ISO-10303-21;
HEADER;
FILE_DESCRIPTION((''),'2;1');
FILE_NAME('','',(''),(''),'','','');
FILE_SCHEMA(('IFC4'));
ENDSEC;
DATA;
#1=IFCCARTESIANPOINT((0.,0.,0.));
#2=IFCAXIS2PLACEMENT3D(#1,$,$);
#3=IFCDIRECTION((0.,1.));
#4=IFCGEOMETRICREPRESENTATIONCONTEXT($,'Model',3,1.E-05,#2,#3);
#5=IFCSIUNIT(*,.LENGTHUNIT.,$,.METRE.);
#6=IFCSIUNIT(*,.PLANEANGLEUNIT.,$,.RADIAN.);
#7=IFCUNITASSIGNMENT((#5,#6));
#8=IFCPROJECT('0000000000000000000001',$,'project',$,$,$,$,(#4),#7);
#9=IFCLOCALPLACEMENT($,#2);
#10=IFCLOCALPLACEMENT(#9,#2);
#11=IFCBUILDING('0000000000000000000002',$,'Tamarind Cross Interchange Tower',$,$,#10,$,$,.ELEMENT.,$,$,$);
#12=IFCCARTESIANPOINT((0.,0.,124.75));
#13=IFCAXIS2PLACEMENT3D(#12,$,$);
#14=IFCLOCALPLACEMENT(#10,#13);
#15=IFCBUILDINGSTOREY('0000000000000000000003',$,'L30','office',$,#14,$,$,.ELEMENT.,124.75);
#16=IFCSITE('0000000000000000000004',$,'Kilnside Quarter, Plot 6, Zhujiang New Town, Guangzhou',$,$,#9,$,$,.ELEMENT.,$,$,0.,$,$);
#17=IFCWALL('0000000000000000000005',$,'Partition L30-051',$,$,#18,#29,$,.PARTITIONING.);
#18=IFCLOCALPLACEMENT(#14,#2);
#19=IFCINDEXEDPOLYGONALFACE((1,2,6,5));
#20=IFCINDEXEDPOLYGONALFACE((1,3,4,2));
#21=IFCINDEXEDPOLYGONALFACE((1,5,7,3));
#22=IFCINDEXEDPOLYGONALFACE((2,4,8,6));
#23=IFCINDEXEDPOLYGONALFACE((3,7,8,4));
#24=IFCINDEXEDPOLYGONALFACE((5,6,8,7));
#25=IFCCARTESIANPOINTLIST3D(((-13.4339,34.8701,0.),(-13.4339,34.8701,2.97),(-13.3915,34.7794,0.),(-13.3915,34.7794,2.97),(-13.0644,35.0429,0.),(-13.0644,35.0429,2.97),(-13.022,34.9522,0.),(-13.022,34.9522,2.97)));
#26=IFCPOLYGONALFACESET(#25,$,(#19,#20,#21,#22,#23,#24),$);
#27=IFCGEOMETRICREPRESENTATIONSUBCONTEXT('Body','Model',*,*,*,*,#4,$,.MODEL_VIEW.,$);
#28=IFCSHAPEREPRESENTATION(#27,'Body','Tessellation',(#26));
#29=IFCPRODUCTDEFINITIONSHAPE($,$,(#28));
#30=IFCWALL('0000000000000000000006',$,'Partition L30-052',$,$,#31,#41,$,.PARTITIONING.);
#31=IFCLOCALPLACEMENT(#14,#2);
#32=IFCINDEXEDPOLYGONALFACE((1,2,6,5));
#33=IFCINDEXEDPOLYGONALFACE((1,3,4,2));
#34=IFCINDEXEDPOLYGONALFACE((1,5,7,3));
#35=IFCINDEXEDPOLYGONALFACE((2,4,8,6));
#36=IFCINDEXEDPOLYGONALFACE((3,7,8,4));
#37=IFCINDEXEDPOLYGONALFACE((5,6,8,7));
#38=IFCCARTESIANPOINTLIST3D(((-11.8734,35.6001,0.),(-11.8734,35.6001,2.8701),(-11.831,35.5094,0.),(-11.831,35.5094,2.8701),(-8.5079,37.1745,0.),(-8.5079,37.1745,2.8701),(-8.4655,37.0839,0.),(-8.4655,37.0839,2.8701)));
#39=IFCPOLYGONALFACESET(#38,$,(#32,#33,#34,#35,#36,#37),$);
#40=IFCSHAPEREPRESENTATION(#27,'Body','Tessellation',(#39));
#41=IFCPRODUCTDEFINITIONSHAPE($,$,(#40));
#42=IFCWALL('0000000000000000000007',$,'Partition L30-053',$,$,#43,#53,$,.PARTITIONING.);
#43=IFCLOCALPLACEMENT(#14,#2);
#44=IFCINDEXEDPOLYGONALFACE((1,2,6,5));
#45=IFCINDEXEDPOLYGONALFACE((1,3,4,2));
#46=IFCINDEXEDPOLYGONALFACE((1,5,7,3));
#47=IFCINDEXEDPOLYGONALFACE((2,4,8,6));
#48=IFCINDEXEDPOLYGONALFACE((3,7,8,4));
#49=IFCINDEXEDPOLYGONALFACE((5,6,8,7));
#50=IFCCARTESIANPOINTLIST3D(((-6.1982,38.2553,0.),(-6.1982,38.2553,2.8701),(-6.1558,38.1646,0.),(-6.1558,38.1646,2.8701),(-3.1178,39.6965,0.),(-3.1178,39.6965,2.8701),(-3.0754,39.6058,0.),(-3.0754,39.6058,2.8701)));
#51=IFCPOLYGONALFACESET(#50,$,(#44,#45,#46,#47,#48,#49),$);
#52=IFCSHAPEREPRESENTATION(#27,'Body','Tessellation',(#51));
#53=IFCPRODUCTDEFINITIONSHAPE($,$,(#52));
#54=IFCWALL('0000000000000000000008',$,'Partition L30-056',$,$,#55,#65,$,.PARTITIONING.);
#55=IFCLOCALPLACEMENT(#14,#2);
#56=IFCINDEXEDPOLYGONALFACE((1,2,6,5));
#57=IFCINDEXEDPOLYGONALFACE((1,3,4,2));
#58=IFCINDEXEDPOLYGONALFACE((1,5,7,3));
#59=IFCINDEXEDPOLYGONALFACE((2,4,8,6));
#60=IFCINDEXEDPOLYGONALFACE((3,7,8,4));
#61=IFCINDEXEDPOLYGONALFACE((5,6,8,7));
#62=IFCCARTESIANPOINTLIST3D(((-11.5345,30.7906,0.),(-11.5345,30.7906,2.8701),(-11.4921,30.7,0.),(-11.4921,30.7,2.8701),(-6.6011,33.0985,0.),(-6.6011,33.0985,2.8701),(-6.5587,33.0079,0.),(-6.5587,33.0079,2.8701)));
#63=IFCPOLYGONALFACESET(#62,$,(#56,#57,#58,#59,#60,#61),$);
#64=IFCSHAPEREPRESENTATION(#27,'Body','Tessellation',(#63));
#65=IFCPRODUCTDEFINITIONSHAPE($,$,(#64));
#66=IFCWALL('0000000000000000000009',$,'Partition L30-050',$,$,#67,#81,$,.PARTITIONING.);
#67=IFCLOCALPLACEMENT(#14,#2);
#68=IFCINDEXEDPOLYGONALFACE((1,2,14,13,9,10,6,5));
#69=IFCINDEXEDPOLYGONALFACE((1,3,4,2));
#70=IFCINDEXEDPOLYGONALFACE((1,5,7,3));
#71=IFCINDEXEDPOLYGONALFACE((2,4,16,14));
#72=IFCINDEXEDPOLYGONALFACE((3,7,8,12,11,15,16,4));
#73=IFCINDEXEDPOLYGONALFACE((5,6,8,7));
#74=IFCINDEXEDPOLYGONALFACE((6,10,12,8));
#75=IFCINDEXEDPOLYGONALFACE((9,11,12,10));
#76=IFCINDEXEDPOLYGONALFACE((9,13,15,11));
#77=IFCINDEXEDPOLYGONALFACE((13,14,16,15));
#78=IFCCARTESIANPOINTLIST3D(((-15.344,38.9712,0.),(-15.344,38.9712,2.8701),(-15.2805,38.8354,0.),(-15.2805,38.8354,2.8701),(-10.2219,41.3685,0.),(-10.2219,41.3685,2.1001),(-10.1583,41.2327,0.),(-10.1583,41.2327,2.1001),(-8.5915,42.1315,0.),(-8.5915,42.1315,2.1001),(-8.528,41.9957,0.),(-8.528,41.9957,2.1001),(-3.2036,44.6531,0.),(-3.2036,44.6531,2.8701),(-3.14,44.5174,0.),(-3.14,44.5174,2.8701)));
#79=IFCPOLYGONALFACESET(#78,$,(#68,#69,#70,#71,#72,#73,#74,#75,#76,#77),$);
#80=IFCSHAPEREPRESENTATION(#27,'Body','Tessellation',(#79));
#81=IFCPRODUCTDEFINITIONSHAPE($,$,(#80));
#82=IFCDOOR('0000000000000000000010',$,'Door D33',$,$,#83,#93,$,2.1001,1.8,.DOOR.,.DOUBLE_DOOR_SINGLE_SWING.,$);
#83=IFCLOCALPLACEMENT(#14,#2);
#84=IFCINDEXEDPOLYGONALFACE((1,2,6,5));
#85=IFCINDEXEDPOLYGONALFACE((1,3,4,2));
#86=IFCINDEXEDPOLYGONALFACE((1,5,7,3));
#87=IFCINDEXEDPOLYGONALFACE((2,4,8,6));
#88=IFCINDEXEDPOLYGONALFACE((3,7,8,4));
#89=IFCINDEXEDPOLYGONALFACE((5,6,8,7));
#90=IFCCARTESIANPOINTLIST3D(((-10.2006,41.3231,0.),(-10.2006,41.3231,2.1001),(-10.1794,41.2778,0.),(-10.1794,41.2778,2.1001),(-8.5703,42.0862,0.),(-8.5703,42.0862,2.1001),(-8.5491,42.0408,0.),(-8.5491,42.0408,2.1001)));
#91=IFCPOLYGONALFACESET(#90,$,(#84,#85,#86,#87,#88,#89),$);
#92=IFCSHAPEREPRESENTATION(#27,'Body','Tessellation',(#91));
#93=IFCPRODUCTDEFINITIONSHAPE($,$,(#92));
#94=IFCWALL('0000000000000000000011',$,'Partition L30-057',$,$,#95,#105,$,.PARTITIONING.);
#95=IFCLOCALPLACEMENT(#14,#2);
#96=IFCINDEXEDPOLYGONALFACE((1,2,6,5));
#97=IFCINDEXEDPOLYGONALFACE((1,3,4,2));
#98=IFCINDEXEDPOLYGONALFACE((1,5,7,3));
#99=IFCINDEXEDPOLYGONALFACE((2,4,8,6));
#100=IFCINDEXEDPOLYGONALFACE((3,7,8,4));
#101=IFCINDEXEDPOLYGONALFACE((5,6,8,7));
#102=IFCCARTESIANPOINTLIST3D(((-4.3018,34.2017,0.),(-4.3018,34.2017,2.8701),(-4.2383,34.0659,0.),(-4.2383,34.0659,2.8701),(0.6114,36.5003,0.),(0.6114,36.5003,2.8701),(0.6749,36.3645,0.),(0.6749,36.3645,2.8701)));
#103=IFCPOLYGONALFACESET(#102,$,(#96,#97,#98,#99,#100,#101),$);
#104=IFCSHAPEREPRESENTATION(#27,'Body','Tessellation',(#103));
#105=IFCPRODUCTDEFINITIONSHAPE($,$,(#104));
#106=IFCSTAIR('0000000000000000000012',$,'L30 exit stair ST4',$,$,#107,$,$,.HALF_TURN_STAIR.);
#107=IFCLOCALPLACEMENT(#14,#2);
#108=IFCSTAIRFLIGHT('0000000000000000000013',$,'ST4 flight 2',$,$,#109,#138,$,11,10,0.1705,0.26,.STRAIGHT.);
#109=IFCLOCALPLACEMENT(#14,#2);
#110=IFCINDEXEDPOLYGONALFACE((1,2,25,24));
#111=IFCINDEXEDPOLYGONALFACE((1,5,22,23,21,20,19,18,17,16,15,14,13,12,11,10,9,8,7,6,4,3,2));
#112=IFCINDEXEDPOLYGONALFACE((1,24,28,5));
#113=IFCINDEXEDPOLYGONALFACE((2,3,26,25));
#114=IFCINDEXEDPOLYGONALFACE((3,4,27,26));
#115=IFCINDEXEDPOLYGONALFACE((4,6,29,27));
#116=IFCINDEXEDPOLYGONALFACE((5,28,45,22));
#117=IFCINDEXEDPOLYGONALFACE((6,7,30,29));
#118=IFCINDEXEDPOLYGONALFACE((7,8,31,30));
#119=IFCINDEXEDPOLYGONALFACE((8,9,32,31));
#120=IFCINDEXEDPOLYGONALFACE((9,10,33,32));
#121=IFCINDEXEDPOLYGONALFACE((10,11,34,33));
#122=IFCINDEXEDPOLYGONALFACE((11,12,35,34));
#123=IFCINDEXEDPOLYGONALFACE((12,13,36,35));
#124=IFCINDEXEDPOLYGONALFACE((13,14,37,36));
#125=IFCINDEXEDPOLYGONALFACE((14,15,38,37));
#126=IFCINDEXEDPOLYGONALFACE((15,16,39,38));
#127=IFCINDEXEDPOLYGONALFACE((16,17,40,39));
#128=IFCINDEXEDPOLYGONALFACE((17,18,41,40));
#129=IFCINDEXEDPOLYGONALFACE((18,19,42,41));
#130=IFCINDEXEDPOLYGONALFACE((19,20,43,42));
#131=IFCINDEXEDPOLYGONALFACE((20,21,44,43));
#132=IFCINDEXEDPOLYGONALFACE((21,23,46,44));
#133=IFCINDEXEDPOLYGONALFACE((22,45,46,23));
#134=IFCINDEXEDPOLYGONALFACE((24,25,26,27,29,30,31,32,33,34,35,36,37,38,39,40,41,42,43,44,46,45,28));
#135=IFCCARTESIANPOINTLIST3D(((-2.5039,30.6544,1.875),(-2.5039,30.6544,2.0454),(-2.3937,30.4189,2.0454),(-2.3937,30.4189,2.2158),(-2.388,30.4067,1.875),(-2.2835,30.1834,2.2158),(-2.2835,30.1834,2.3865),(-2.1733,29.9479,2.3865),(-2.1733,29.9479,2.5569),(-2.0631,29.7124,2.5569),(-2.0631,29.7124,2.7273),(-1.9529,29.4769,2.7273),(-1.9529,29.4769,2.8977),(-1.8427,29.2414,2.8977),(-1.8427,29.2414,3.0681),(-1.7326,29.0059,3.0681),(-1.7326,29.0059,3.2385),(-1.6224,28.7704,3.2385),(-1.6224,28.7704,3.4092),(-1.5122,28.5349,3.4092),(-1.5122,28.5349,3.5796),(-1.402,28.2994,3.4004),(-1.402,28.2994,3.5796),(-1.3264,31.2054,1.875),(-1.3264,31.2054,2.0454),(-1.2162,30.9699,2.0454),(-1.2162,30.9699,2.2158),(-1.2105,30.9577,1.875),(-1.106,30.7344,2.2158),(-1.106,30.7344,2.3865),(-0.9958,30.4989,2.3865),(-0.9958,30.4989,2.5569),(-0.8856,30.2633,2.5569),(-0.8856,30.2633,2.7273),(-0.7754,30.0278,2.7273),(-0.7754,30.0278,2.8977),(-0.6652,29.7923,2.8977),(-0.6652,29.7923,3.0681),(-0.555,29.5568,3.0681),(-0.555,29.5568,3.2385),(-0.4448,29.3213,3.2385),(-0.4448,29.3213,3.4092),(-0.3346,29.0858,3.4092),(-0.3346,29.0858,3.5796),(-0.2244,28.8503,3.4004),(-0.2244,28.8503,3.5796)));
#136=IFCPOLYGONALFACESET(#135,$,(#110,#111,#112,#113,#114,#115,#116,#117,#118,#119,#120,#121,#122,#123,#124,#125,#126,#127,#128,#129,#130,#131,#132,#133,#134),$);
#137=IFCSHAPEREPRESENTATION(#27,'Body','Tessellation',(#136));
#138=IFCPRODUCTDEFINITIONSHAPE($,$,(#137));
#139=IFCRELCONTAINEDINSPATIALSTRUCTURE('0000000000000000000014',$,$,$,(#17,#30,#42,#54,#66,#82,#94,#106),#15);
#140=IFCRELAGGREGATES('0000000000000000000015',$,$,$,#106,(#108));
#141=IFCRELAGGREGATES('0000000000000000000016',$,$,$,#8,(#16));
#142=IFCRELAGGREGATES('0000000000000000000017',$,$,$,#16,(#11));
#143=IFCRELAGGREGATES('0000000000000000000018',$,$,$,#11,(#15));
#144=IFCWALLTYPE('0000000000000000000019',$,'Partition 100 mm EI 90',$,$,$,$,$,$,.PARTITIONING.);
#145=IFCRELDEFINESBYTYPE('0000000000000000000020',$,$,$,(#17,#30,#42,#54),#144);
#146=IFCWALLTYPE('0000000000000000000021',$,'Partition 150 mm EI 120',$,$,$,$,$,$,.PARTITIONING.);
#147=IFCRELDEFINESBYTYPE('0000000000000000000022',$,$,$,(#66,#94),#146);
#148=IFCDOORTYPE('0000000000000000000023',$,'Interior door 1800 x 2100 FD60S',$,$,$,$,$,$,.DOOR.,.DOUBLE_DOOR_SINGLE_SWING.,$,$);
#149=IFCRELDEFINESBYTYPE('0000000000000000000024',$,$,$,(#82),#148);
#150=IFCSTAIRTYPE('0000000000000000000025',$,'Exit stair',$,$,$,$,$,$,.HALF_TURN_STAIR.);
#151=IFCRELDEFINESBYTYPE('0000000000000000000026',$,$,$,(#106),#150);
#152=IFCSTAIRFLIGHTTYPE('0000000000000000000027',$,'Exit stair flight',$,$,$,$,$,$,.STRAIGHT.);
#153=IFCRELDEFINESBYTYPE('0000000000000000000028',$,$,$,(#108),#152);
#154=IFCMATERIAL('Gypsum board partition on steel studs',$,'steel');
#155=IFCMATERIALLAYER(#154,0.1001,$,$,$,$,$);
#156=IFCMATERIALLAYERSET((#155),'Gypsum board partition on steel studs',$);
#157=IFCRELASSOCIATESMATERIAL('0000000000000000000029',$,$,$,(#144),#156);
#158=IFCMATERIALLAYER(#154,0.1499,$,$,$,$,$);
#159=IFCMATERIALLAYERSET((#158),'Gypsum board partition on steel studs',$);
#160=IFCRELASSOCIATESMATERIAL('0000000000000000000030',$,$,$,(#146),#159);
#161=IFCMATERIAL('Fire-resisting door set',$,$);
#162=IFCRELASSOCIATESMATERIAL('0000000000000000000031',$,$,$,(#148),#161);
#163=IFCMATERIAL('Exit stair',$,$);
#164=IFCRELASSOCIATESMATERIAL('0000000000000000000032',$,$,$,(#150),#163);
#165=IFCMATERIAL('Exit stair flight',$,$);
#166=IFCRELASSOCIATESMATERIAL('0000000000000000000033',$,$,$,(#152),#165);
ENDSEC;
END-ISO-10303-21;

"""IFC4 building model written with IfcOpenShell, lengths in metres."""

from ifc_helpers import new_model, si_unit, direction, frame, frame_2d, origin, place, context, subcontext, project, spatial, polyline, rectangle, outline, extrude, material, layer, layer_set, type_object, element, fill, aggregate, save


model = new_model("IFC4")

# Units and contexts
model_context = context("Model", 3, precision=1e-05, world=origin(), true_north=direction((0.0, 1.0)))
body_context = subcontext(model_context, "Body", "Model", "MODEL_VIEW")
ifc_project = project(units=[si_unit("LENGTHUNIT", "METRE"), si_unit("PLANEANGLEUNIT", "RADIAN")], contexts=[model_context])

# Site, building, storey
site_placement = place(None, origin())
site = spatial("IfcSite", under=ifc_project, at=site_placement, Name="Kilnside Quarter, Plot 6, Zhujiang New Town, Guangzhou", CompositionType="ELEMENT", RefElevation=0.0)
building_placement = place(site_placement, origin())
building = spatial("IfcBuilding", under=site, at=building_placement, Name="Tamarind Cross Interchange Tower", CompositionType="ELEMENT")
storey_placement = place(building_placement, frame((0.0, 0.0, 124.75)))
storey = spatial("IfcBuildingStorey", under=building, at=storey_placement, Name="L30", Description="office", CompositionType="ELEMENT", Elevation=124.75)

# Walls
ifc_material_1 = material(Name="Gypsum board partition on steel studs", Category="steel")
ifc_layer_1 = layer(ifc_material_1, 0.1001)
ifc_layer_set_1 = layer_set([ifc_layer_1], Name="Gypsum board partition on steel studs")
wall_type_1 = type_object("IfcWallType", Name="Partition 100 mm EI 90", PredefinedType="PARTITIONING", material=ifc_layer_set_1)
wall_1_placement = place(storey_placement, frame((-13.4128, 34.8247, 0.0), z_axis=(0.0, 0.0, 1.0), x_axis=(0.905847, 0.423606, 0.0)))
element("IfcWall", 1, at=wall_1_placement, inside=storey, type_object=wall_type_1, Name="Partition L30-051", PredefinedType="PARTITIONING", context=body_context, shape_type="SweptSolid", body=[
    extrude(rectangle(XDim=0.408, YDim=0.1001, at=frame_2d((0.2041, 0.0))), origin(), (0.0, 0.0, 1.0), 2.97),
])
wall_2_placement = place(storey_placement, frame((-11.8523, 35.5547, 0.0), z_axis=(0.0, 0.0, 1.0), x_axis=(0.90578, 0.423749, 0.0)))
element("IfcWall", 2, at=wall_2_placement, inside=storey, type_object=wall_type_1, Name="Partition L30-052", PredefinedType="PARTITIONING", context=body_context, shape_type="SweptSolid", body=[
    extrude(rectangle(XDim=3.7156, YDim=0.1001, at=frame_2d((1.8579, 0.0))), origin(), (0.0, 0.0, 1.0), 2.8701),
])
wall_3_placement = place(storey_placement, frame((-6.177, 38.21, 0.0), z_axis=(0.0, 0.0, 1.0), x_axis=(0.905768, 0.423773, 0.0)))
element("IfcWall", 3, at=wall_3_placement, inside=storey, type_object=wall_type_1, Name="Partition L30-053", PredefinedType="PARTITIONING", context=body_context, shape_type="SweptSolid", body=[
    extrude(rectangle(XDim=3.4009, YDim=0.1001, at=frame_2d((1.7004, 0.0))), origin(), (0.0, 0.0, 1.0), 2.8701),
])
wall_4_placement = place(storey_placement, frame((-11.5132, 30.7454, 0.0), z_axis=(0.0, 0.0, 1.0), x_axis=(0.905787, 0.423734, 0.0)))
element("IfcWall", 4, at=wall_4_placement, inside=storey, type_object=wall_type_1, Name="Partition L30-056", PredefinedType="PARTITIONING", context=body_context, shape_type="SweptSolid", body=[
    extrude(rectangle(XDim=5.4465, YDim=0.1001, at=frame_2d((2.7231, 0.0))), origin(), (0.0, 0.0, 1.0), 2.8701),
])

# Wall, opening, door
ifc_layer_2 = layer(ifc_material_1, 0.1499)
ifc_layer_set_2 = layer_set([ifc_layer_2], Name="Gypsum board partition on steel studs")
wall_type_2 = type_object("IfcWallType", Name="Partition 150 mm EI 120", PredefinedType="PARTITIONING", material=ifc_layer_set_2)
wall_5_placement = place(storey_placement, frame((-15.3123, 38.9033, 0.0), z_axis=(0.0, 0.0, 1.0), x_axis=(0.905714, 0.423888, 0.0)))
wall_5 = element("IfcWall", 5, at=wall_5_placement, inside=storey, type_object=wall_type_2, Name="Partition L30-050", PredefinedType="PARTITIONING", context=body_context, shape_type="SweptSolid", body=[
    extrude(rectangle(XDim=13.4043, YDim=0.1499, at=frame_2d((6.7021, 0.0))), origin(), (0.0, 0.0, 1.0), 2.8701),
])
opening_placement = place(wall_5_placement, frame((5.6555, 0.0, 0.0)))
opening = element("IfcOpeningElement", 6, at=opening_placement, cuts=wall_5, PredefinedType="OPENING", context=body_context, shape_type="SweptSolid", body=[
    extrude(rectangle(XDim=1.8, YDim=2.1001, at=frame_2d((0.8999, 1.05))), frame((0.0, 0.085, 0.0), z_axis=(0.0, -1.0, 0.0), x_axis=(1.0, 0.0, 0.0)), (0.0, 0.0, 1.0), 0.1699),
])
ifc_material_2 = material(Name="Fire-resisting door set")
door_type = type_object("IfcDoorType", Name="Interior door 1800 x 2100 FD60S", OperationType="DOUBLE_DOOR_SINGLE_SWING", PredefinedType="DOOR", material=ifc_material_2)
door_placement = place(opening_placement, origin())
door = element("IfcDoor", 7, at=door_placement, inside=storey, type_object=door_type, Name="Door D33", OperationType="DOUBLE_DOOR_SINGLE_SWING", OverallHeight=2.1001, OverallWidth=1.8, PredefinedType="DOOR", context=body_context, shape_type="SweptSolid", body=[
    extrude(rectangle(XDim=1.8, YDim=2.1001, at=frame_2d((0.8999, 1.05))), frame((0.0, 0.0249, 0.0), z_axis=(0.0, -1.0, 0.0), x_axis=(1.0, 0.0, 0.0)), (0.0, 0.0, 1.0), 0.05),
])
fill(opening, door)

# Wall
wall_6_placement = place(storey_placement, frame((-4.27, 34.1338, 0.0), z_axis=(0.0, 0.0, 1.0), x_axis=(0.905772, 0.423765, 0.0)))
element("IfcWall", 8, at=wall_6_placement, inside=storey, type_object=wall_type_2, Name="Partition L30-057", PredefinedType="PARTITIONING", context=body_context, shape_type="SweptSolid", body=[
    extrude(rectangle(XDim=5.4243, YDim=0.1499, at=frame_2d((2.7122, 0.0))), origin(), (0.0, 0.0, 1.0), 2.8701),
])

# Stair, stair flight
ifc_material_3 = material(Name="Exit stair")
stair_type = type_object("IfcStairType", Name="Exit stair", PredefinedType="HALF_TURN_STAIR", material=ifc_material_3)
stair_placement = place(storey_placement, origin())
stair = element("IfcStair", 9, at=stair_placement, inside=storey, type_object=stair_type, Name="L30 exit stair ST4", PredefinedType="HALF_TURN_STAIR")
ifc_material_4 = material(Name="Exit stair flight")
stair_flight_type = type_object("IfcStairFlightType", Name="Exit stair flight", PredefinedType="STRAIGHT", material=ifc_material_4)
stair_flight_placement = place(storey_placement, frame((-1.915, 30.9299, 1.875), z_axis=(0.0, 0.0, 1.0), x_axis=(0.423807, -0.905752, 0.0)))
stair_flight = element("IfcStairFlight", 10, at=stair_flight_placement, type_object=stair_flight_type, Name="ST4 flight 2", NumberOfRisers=11, NumberOfTreads=10, PredefinedType="STRAIGHT", RiserHeight=0.1705, TreadLength=0.26, context=body_context, shape_type="SweptSolid", body=[
    extrude(outline(polyline([(0.0, 0.0), (0.0, 0.1704), (0.26, 0.1704), (0.26, 0.3408), (0.52, 0.3408), (0.52, 0.5115), (0.78, 0.5115), (0.78, 0.6819), (1.04, 0.6819), (1.04, 0.8523), (1.3, 0.8523), (1.3, 1.0227), (1.5601, 1.0227), (1.5601, 1.1931), (1.8201, 1.1931), (1.8201, 1.3635), (2.0801, 1.3635), (2.0801, 1.5342), (2.3401, 1.5342), (2.3401, 1.7046), (2.6001, 1.7046), (2.6001, 1.875), (2.6001, 1.5254), (0.2734, 0.0), (0.0, 0.0)])), frame((0.0, 0.6499, 0.0), z_axis=(0.0, -1.0, 0.0), x_axis=(1.0, 0.0, 0.0)), (0.0, 0.0, 1.0), 1.3),
])
aggregate(stair, [stair_flight])

save(model, "model.ifc")
